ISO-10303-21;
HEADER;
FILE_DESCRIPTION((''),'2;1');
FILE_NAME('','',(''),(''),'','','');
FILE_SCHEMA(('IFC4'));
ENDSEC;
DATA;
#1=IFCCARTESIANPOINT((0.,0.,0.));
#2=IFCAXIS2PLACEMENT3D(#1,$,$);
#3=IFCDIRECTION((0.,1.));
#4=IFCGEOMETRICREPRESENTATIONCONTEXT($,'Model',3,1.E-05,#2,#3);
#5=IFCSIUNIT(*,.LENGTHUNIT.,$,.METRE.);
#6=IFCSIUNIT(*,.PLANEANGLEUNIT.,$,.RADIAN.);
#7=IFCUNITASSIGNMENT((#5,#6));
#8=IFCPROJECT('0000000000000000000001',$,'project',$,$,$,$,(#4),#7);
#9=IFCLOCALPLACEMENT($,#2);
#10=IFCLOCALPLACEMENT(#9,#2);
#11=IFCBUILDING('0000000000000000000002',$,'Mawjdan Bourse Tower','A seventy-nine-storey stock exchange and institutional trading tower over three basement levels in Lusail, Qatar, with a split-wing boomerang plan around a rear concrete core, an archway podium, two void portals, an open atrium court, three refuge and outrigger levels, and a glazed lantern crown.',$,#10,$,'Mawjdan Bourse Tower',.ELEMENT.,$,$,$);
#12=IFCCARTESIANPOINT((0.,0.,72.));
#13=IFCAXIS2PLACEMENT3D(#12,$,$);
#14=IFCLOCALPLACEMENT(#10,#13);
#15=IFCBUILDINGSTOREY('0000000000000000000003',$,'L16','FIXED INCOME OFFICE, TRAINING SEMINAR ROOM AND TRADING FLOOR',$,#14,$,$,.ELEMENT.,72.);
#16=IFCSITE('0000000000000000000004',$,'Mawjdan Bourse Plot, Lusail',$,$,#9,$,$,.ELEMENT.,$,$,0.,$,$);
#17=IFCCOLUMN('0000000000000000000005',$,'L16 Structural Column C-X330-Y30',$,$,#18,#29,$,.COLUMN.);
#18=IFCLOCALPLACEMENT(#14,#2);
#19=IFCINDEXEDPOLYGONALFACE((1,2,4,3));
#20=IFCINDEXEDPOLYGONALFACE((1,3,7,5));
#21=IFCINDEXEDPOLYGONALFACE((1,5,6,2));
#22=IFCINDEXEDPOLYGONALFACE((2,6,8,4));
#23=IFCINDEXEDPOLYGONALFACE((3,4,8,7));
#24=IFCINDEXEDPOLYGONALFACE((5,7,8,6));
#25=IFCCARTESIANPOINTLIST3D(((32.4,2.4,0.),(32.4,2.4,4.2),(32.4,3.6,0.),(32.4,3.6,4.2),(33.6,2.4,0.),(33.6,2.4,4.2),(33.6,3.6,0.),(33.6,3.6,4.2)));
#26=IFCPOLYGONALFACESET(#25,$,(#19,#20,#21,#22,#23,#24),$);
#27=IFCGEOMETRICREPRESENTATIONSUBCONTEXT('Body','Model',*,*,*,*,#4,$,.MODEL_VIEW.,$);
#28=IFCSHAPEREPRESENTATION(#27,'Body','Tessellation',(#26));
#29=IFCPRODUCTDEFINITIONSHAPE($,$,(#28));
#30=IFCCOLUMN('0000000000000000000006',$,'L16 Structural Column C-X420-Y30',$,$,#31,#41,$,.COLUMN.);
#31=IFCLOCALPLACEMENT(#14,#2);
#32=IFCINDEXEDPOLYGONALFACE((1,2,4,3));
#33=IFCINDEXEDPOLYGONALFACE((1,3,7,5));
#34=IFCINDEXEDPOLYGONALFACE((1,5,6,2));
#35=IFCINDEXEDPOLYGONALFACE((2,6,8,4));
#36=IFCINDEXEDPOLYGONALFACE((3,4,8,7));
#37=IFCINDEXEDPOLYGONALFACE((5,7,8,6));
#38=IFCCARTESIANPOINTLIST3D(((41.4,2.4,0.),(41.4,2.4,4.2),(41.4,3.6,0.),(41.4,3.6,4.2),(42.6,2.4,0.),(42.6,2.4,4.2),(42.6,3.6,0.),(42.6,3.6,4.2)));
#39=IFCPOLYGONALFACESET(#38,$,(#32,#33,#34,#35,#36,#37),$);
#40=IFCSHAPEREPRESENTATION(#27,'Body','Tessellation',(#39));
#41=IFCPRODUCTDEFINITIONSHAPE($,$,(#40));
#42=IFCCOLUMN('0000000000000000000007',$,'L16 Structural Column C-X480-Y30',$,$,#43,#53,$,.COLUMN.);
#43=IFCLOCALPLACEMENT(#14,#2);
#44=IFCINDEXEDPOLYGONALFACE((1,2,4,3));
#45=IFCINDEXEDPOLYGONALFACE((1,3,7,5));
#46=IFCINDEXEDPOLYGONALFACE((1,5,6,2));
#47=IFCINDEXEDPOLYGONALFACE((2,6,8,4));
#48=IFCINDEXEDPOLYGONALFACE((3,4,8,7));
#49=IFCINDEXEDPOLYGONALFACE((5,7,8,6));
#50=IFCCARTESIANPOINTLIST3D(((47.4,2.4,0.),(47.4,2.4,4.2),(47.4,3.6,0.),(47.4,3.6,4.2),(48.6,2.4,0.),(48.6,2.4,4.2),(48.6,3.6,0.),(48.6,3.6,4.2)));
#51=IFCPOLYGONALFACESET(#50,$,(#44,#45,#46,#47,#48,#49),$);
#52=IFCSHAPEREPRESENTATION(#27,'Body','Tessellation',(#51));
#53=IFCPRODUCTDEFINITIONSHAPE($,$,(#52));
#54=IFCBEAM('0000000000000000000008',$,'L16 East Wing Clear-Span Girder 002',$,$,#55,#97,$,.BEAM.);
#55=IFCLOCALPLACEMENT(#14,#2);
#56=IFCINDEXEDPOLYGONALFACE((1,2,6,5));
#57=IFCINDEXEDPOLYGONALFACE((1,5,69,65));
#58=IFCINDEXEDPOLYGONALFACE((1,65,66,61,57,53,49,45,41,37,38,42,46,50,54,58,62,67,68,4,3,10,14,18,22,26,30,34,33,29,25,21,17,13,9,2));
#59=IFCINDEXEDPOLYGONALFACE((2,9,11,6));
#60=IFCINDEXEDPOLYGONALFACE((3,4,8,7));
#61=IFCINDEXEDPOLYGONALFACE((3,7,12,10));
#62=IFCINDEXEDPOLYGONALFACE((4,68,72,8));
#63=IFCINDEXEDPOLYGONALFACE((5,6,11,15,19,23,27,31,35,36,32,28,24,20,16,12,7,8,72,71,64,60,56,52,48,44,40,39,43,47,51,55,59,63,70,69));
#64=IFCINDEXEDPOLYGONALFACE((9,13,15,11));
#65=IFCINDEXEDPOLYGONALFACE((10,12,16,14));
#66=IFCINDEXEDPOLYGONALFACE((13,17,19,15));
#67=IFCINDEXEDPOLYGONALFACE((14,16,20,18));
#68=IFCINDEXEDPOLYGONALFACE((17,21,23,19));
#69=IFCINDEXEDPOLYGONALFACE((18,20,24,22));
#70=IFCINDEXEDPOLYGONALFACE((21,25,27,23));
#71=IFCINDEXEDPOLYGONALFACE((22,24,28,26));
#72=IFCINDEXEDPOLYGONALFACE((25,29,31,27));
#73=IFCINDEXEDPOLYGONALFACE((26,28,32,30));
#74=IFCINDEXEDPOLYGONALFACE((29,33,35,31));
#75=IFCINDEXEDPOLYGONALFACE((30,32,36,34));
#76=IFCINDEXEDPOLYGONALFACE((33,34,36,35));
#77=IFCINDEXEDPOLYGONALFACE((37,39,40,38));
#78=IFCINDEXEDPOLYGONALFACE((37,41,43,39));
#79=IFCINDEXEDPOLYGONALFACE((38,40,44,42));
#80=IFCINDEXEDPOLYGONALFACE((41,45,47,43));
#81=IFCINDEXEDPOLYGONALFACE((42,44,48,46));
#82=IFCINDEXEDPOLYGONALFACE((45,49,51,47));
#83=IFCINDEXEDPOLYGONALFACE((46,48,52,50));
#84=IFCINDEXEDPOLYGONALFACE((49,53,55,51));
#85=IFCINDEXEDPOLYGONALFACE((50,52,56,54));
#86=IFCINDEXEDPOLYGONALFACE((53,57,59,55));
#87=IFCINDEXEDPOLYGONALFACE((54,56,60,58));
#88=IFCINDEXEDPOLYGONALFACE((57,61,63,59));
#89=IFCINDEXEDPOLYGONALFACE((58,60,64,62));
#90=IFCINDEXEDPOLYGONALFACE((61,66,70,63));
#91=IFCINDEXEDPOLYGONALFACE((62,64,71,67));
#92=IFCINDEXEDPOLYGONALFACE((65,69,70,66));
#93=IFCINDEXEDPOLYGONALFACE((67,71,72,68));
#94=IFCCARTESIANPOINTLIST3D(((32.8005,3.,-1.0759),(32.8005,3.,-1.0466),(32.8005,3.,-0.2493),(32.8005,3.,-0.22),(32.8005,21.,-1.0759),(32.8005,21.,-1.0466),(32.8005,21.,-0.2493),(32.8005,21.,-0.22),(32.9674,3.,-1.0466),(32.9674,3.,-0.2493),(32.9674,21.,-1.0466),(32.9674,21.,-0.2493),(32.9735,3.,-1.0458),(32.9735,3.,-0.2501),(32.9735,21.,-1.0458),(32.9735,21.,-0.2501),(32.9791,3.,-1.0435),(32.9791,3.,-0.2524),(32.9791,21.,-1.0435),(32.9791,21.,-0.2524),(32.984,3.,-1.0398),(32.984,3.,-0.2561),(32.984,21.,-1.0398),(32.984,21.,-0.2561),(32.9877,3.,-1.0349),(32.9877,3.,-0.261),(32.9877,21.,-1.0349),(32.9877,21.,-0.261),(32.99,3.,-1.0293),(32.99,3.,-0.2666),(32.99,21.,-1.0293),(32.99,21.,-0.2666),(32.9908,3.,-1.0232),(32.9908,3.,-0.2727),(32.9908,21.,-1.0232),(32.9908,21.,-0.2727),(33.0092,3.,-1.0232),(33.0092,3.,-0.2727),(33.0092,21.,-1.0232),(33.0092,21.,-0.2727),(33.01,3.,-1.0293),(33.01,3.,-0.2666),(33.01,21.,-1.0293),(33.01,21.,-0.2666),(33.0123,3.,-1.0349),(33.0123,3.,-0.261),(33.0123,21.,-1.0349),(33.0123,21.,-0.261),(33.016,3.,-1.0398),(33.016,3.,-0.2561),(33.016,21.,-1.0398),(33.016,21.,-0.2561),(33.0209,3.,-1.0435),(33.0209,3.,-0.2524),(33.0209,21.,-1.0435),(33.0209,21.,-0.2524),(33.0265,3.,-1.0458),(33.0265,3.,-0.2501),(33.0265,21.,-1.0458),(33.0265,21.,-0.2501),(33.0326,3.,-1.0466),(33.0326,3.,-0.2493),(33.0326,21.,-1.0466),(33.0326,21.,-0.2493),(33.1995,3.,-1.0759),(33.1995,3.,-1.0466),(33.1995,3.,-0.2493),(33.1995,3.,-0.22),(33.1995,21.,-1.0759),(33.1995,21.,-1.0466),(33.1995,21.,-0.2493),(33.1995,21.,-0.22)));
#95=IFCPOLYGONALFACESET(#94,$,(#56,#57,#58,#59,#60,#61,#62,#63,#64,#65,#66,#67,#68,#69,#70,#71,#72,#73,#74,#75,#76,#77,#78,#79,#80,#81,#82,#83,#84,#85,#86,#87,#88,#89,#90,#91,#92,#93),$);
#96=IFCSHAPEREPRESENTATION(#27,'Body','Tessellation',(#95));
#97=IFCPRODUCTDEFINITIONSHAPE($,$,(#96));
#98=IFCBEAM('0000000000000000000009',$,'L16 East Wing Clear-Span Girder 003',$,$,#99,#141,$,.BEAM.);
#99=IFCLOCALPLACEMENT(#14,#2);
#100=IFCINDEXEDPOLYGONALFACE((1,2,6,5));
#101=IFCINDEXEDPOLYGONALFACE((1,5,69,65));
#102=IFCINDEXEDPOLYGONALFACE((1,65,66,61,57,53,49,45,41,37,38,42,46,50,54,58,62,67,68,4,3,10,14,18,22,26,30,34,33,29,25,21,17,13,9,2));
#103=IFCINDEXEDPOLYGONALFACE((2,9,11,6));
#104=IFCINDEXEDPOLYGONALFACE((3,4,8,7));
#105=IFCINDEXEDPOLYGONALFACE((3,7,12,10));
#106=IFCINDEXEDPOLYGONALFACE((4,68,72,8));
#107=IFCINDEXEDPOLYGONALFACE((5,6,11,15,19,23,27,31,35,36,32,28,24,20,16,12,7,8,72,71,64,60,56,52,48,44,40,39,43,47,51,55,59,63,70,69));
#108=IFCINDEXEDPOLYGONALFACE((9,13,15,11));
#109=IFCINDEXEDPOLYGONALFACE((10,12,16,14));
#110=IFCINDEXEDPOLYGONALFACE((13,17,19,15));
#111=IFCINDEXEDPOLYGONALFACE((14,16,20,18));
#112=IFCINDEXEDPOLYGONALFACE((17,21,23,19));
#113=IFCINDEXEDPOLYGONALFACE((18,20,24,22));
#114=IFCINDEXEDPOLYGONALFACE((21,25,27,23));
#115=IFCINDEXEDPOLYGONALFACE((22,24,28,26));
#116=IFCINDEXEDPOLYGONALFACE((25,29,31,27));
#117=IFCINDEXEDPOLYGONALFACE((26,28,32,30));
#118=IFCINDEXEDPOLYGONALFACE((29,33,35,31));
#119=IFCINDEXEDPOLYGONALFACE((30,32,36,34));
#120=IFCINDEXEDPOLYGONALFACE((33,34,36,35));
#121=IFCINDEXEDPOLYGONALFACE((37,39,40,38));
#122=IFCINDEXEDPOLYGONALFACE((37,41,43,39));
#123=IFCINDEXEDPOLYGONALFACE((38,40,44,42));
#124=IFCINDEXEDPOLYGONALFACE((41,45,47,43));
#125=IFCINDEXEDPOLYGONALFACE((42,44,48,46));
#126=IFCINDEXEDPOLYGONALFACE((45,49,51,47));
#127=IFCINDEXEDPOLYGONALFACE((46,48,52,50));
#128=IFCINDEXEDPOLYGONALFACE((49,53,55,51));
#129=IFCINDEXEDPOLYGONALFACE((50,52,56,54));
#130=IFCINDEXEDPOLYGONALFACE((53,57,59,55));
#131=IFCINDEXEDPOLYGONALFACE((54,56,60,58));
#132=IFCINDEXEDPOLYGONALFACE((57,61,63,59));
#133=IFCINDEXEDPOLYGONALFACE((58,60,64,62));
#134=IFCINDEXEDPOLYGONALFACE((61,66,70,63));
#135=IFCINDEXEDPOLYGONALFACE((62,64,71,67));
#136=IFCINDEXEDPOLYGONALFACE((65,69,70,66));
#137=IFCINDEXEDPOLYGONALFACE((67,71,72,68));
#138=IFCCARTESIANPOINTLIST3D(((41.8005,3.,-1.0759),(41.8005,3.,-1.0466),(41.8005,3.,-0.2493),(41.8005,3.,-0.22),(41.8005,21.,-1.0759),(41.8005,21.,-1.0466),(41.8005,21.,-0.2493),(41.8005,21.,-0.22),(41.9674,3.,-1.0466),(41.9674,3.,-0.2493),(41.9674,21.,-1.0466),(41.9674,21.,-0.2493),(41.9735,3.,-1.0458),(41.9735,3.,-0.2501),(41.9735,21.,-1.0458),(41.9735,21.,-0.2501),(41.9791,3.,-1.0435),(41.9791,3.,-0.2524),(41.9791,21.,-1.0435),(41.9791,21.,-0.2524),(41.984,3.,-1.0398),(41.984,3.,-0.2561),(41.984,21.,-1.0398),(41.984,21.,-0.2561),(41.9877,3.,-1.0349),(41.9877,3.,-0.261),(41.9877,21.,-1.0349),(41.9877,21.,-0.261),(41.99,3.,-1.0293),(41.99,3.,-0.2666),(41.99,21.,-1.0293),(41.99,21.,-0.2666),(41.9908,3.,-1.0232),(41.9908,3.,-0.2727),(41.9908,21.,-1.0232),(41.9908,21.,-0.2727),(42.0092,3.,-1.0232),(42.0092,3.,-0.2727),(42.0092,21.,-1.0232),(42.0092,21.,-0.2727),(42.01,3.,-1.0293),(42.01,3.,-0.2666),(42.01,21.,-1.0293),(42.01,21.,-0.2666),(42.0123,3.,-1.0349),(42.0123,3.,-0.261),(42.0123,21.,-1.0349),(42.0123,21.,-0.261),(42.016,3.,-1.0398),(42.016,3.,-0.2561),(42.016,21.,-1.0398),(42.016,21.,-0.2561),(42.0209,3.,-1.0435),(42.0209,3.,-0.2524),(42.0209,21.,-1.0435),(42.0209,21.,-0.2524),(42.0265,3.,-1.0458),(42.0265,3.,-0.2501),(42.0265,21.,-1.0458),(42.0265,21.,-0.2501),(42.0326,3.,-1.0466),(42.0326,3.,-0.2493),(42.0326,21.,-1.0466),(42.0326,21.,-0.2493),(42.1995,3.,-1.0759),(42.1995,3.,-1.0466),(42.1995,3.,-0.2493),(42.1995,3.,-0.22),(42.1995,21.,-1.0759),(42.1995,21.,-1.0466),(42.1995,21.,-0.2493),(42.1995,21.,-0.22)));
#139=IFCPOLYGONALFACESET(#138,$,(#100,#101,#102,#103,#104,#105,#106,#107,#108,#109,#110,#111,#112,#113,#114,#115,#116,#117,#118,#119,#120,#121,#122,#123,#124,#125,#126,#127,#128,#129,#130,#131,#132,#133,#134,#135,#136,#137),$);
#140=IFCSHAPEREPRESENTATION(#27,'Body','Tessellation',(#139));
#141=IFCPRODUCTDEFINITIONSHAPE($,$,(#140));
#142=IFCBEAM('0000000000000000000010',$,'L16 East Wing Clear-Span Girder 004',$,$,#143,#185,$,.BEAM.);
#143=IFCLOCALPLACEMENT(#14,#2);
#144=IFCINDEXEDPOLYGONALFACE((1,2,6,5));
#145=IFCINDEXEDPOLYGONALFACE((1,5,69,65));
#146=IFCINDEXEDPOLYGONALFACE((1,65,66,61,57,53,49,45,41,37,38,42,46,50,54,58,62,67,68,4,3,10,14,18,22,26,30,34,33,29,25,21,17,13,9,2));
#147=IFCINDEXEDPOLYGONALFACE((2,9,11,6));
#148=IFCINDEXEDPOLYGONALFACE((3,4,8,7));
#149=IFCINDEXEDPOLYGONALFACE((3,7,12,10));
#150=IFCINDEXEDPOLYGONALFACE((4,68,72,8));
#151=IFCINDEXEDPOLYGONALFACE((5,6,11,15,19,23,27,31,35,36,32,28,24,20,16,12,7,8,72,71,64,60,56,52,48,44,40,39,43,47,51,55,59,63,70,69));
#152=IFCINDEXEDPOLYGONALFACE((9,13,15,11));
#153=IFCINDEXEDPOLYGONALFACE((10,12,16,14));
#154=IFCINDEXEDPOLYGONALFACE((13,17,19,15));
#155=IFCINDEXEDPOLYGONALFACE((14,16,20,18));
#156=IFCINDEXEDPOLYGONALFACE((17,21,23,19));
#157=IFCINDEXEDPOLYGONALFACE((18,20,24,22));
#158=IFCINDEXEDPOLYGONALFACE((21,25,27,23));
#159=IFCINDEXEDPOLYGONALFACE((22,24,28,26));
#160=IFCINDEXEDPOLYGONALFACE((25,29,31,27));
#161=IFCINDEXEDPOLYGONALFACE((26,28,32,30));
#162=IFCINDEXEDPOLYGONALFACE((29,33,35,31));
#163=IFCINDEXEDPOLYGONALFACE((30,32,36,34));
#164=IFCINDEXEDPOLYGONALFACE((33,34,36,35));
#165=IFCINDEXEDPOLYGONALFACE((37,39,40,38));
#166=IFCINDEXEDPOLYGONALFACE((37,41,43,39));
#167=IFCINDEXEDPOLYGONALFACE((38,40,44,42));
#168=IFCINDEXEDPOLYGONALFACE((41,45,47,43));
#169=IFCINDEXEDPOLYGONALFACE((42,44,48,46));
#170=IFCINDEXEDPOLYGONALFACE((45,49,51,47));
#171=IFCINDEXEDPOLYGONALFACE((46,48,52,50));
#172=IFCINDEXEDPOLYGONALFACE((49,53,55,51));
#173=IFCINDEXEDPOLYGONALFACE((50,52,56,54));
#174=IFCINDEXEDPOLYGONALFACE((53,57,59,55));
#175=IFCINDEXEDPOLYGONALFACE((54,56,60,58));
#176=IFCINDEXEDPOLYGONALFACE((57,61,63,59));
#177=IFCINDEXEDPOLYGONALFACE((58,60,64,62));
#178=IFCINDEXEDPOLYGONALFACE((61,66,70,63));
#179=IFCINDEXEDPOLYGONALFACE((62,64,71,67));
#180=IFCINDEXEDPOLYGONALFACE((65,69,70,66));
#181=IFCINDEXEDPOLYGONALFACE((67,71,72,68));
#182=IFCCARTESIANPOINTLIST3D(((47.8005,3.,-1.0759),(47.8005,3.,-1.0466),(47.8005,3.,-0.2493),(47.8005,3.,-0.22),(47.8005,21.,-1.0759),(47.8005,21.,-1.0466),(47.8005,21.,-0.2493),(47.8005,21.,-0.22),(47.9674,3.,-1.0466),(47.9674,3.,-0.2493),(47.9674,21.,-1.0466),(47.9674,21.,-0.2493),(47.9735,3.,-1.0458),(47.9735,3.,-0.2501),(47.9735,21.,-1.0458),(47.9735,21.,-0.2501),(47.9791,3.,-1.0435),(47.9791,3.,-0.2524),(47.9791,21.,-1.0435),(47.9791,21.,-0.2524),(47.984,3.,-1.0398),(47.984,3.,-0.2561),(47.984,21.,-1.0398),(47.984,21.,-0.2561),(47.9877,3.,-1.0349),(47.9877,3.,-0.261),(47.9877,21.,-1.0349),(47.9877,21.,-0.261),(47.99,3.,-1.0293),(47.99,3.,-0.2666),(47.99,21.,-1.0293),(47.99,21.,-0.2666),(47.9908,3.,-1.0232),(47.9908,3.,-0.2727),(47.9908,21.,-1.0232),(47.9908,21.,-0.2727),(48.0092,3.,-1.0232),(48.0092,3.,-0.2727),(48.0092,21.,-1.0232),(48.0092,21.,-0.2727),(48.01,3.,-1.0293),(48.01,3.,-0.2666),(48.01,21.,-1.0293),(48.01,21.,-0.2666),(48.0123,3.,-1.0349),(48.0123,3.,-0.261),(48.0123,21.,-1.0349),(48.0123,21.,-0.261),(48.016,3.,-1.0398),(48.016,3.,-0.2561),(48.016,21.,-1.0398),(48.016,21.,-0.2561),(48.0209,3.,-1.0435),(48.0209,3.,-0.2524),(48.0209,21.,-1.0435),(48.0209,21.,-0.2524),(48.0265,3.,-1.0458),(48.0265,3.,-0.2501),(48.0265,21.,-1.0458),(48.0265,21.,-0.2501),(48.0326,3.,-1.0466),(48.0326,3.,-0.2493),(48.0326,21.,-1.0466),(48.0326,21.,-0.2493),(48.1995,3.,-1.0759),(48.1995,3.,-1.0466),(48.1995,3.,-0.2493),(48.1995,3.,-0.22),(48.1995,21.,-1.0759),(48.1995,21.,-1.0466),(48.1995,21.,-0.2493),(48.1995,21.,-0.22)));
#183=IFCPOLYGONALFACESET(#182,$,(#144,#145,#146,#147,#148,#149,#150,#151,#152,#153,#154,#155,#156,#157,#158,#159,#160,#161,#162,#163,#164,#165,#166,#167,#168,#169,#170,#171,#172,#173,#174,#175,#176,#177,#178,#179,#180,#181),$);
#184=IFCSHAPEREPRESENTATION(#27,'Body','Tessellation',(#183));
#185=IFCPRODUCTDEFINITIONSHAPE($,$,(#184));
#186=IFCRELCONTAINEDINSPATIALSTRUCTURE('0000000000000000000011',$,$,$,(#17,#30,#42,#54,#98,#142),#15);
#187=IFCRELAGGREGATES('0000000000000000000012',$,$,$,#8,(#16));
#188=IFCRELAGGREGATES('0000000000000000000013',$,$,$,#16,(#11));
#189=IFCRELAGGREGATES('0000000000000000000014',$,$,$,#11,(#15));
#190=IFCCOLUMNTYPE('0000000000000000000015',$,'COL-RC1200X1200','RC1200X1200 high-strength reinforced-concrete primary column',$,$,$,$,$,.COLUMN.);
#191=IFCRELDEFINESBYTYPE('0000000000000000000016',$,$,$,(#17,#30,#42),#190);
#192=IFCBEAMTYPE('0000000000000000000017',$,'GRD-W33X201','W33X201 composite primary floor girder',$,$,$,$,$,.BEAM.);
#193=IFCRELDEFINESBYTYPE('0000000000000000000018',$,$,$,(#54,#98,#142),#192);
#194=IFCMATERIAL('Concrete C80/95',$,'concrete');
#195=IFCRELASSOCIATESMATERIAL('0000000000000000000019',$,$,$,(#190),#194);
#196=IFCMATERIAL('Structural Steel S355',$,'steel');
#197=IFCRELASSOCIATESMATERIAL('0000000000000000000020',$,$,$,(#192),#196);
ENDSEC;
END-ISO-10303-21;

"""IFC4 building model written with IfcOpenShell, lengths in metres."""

from ifc_helpers import new_model, si_unit, direction, frame, origin, origin_2d, place, context, subcontext, project, spatial, rectangle, i_section, extrude, material, material_profile, profile_set, type_object, element, save


model = new_model("IFC4")

# Units and contexts
model_context = context("Model", 3, precision=1e-05, world=origin(), true_north=direction((0.0, 1.0)))
body_context = subcontext(model_context, "Body", "Model", "MODEL_VIEW")
ifc_project = project(units=[si_unit("LENGTHUNIT", "METRE"), si_unit("PLANEANGLEUNIT", "RADIAN")], contexts=[model_context])

# Site, building, storey
site_placement = place(None, origin())
site = spatial("IfcSite", under=ifc_project, at=site_placement, Name="Mawjdan Bourse Plot, Lusail", CompositionType="ELEMENT", RefElevation=0.0)
building_placement = place(site_placement, origin())
building = spatial("IfcBuilding", under=site, at=building_placement, Name="Mawjdan Bourse Tower", Description="A seventy-nine-storey stock exchange and institutional trading tower over three basement levels in Lusail, Qatar, with a split-wing boomerang plan around a rear concrete core, an archway podium, two void portals, an open atrium court, three refuge and outrigger levels, and a glazed lantern crown.", LongName="Mawjdan Bourse Tower", CompositionType="ELEMENT")
storey_placement = place(building_placement, frame((0.0, 0.0, 72.0)))
storey = spatial("IfcBuildingStorey", under=building, at=storey_placement, Name="L16", Description="FIXED INCOME OFFICE, TRAINING SEMINAR ROOM AND TRADING FLOOR", CompositionType="ELEMENT", Elevation=72.0)

# Columns
ifc_material_1 = material(Name="Concrete C80/95", Category="concrete")
ifc_material_profile_1 = material_profile(ifc_material_1, rectangle(XDim=1.2, YDim=1.2, at=origin_2d()), Name="RC1200X1200")
ifc_profile_set_1 = profile_set([ifc_material_profile_1], Name="Concrete C80/95")
column_type = type_object("IfcColumnType", Name="COL-RC1200X1200", Description="RC1200X1200 high-strength reinforced-concrete primary column", PredefinedType="COLUMN", material=ifc_profile_set_1)
for number, where, z_axis, x_axis, name in (
    (1, (33.0, 3.0, 0.0), (0.0, 0.0, 1.0), (1.0, 0.0, 0.0), "L16 Structural Column C-X330-Y30"),
    (2, (42.0, 3.0, 0.0), (0.0, 0.0, 1.0), (1.0, 0.0, 0.0), "L16 Structural Column C-X420-Y30"),
    (3, (48.0, 3.0, 0.0), (0.0, 0.0, 1.0), (1.0, 0.0, 0.0), "L16 Structural Column C-X480-Y30"),
):
    element("IfcColumn", number, at=place(storey_placement, frame(where, z_axis=z_axis, x_axis=x_axis)), inside=storey, type_object=column_type, Name=name, PredefinedType="COLUMN", context=body_context, shape_type="SweptSolid", body=[
        extrude(rectangle(XDim=1.2, YDim=1.2, at=origin_2d()), origin(), (0.0, 0.0, 1.0), 4.2),
    ])

# Beams
ifc_material_2 = material(Name="Structural Steel S355", Category="steel")
ifc_material_profile_2 = material_profile(ifc_material_2, i_section(OverallWidth=0.3989, OverallDepth=0.856, WebThickness=0.0183, FlangeThickness=0.0293, FilletRadius=0.0234, at=origin_2d()), Name="W33X201")
ifc_profile_set_2 = profile_set([ifc_material_profile_2], Name="Structural Steel S355")
beam_type_1 = type_object("IfcBeamType", Name="GRD-W33X201", Description="W33X201 composite primary floor girder", PredefinedType="BEAM", material=ifc_profile_set_2)
for number, where, z_axis, x_axis, name in (
    (4, (33.0, 3.0, -0.6479), (0.0, 1.0, 0.0), (-1.0, 0.0, 0.0), "L16 East Wing Clear-Span Girder 002"),
    (5, (42.0, 3.0, -0.6479), (0.0, 1.0, 0.0), (-1.0, 0.0, 0.0), "L16 East Wing Clear-Span Girder 003"),
    (6, (48.0, 3.0, -0.6479), (0.0, 1.0, 0.0), (-1.0, 0.0, 0.0), "L16 East Wing Clear-Span Girder 004"),
):
    element("IfcBeam", number, at=place(storey_placement, frame(where, z_axis=z_axis, x_axis=x_axis)), inside=storey, type_object=beam_type_1, Name=name, PredefinedType="BEAM", context=body_context, shape_type="SweptSolid", body=[
        extrude(i_section(OverallWidth=0.3989, OverallDepth=0.856, WebThickness=0.0183, FlangeThickness=0.0293, FilletRadius=0.0234, at=origin_2d()), origin(), (0.0, 0.0, 1.0), 18.0),
    ])

save(model, "model.ifc")
